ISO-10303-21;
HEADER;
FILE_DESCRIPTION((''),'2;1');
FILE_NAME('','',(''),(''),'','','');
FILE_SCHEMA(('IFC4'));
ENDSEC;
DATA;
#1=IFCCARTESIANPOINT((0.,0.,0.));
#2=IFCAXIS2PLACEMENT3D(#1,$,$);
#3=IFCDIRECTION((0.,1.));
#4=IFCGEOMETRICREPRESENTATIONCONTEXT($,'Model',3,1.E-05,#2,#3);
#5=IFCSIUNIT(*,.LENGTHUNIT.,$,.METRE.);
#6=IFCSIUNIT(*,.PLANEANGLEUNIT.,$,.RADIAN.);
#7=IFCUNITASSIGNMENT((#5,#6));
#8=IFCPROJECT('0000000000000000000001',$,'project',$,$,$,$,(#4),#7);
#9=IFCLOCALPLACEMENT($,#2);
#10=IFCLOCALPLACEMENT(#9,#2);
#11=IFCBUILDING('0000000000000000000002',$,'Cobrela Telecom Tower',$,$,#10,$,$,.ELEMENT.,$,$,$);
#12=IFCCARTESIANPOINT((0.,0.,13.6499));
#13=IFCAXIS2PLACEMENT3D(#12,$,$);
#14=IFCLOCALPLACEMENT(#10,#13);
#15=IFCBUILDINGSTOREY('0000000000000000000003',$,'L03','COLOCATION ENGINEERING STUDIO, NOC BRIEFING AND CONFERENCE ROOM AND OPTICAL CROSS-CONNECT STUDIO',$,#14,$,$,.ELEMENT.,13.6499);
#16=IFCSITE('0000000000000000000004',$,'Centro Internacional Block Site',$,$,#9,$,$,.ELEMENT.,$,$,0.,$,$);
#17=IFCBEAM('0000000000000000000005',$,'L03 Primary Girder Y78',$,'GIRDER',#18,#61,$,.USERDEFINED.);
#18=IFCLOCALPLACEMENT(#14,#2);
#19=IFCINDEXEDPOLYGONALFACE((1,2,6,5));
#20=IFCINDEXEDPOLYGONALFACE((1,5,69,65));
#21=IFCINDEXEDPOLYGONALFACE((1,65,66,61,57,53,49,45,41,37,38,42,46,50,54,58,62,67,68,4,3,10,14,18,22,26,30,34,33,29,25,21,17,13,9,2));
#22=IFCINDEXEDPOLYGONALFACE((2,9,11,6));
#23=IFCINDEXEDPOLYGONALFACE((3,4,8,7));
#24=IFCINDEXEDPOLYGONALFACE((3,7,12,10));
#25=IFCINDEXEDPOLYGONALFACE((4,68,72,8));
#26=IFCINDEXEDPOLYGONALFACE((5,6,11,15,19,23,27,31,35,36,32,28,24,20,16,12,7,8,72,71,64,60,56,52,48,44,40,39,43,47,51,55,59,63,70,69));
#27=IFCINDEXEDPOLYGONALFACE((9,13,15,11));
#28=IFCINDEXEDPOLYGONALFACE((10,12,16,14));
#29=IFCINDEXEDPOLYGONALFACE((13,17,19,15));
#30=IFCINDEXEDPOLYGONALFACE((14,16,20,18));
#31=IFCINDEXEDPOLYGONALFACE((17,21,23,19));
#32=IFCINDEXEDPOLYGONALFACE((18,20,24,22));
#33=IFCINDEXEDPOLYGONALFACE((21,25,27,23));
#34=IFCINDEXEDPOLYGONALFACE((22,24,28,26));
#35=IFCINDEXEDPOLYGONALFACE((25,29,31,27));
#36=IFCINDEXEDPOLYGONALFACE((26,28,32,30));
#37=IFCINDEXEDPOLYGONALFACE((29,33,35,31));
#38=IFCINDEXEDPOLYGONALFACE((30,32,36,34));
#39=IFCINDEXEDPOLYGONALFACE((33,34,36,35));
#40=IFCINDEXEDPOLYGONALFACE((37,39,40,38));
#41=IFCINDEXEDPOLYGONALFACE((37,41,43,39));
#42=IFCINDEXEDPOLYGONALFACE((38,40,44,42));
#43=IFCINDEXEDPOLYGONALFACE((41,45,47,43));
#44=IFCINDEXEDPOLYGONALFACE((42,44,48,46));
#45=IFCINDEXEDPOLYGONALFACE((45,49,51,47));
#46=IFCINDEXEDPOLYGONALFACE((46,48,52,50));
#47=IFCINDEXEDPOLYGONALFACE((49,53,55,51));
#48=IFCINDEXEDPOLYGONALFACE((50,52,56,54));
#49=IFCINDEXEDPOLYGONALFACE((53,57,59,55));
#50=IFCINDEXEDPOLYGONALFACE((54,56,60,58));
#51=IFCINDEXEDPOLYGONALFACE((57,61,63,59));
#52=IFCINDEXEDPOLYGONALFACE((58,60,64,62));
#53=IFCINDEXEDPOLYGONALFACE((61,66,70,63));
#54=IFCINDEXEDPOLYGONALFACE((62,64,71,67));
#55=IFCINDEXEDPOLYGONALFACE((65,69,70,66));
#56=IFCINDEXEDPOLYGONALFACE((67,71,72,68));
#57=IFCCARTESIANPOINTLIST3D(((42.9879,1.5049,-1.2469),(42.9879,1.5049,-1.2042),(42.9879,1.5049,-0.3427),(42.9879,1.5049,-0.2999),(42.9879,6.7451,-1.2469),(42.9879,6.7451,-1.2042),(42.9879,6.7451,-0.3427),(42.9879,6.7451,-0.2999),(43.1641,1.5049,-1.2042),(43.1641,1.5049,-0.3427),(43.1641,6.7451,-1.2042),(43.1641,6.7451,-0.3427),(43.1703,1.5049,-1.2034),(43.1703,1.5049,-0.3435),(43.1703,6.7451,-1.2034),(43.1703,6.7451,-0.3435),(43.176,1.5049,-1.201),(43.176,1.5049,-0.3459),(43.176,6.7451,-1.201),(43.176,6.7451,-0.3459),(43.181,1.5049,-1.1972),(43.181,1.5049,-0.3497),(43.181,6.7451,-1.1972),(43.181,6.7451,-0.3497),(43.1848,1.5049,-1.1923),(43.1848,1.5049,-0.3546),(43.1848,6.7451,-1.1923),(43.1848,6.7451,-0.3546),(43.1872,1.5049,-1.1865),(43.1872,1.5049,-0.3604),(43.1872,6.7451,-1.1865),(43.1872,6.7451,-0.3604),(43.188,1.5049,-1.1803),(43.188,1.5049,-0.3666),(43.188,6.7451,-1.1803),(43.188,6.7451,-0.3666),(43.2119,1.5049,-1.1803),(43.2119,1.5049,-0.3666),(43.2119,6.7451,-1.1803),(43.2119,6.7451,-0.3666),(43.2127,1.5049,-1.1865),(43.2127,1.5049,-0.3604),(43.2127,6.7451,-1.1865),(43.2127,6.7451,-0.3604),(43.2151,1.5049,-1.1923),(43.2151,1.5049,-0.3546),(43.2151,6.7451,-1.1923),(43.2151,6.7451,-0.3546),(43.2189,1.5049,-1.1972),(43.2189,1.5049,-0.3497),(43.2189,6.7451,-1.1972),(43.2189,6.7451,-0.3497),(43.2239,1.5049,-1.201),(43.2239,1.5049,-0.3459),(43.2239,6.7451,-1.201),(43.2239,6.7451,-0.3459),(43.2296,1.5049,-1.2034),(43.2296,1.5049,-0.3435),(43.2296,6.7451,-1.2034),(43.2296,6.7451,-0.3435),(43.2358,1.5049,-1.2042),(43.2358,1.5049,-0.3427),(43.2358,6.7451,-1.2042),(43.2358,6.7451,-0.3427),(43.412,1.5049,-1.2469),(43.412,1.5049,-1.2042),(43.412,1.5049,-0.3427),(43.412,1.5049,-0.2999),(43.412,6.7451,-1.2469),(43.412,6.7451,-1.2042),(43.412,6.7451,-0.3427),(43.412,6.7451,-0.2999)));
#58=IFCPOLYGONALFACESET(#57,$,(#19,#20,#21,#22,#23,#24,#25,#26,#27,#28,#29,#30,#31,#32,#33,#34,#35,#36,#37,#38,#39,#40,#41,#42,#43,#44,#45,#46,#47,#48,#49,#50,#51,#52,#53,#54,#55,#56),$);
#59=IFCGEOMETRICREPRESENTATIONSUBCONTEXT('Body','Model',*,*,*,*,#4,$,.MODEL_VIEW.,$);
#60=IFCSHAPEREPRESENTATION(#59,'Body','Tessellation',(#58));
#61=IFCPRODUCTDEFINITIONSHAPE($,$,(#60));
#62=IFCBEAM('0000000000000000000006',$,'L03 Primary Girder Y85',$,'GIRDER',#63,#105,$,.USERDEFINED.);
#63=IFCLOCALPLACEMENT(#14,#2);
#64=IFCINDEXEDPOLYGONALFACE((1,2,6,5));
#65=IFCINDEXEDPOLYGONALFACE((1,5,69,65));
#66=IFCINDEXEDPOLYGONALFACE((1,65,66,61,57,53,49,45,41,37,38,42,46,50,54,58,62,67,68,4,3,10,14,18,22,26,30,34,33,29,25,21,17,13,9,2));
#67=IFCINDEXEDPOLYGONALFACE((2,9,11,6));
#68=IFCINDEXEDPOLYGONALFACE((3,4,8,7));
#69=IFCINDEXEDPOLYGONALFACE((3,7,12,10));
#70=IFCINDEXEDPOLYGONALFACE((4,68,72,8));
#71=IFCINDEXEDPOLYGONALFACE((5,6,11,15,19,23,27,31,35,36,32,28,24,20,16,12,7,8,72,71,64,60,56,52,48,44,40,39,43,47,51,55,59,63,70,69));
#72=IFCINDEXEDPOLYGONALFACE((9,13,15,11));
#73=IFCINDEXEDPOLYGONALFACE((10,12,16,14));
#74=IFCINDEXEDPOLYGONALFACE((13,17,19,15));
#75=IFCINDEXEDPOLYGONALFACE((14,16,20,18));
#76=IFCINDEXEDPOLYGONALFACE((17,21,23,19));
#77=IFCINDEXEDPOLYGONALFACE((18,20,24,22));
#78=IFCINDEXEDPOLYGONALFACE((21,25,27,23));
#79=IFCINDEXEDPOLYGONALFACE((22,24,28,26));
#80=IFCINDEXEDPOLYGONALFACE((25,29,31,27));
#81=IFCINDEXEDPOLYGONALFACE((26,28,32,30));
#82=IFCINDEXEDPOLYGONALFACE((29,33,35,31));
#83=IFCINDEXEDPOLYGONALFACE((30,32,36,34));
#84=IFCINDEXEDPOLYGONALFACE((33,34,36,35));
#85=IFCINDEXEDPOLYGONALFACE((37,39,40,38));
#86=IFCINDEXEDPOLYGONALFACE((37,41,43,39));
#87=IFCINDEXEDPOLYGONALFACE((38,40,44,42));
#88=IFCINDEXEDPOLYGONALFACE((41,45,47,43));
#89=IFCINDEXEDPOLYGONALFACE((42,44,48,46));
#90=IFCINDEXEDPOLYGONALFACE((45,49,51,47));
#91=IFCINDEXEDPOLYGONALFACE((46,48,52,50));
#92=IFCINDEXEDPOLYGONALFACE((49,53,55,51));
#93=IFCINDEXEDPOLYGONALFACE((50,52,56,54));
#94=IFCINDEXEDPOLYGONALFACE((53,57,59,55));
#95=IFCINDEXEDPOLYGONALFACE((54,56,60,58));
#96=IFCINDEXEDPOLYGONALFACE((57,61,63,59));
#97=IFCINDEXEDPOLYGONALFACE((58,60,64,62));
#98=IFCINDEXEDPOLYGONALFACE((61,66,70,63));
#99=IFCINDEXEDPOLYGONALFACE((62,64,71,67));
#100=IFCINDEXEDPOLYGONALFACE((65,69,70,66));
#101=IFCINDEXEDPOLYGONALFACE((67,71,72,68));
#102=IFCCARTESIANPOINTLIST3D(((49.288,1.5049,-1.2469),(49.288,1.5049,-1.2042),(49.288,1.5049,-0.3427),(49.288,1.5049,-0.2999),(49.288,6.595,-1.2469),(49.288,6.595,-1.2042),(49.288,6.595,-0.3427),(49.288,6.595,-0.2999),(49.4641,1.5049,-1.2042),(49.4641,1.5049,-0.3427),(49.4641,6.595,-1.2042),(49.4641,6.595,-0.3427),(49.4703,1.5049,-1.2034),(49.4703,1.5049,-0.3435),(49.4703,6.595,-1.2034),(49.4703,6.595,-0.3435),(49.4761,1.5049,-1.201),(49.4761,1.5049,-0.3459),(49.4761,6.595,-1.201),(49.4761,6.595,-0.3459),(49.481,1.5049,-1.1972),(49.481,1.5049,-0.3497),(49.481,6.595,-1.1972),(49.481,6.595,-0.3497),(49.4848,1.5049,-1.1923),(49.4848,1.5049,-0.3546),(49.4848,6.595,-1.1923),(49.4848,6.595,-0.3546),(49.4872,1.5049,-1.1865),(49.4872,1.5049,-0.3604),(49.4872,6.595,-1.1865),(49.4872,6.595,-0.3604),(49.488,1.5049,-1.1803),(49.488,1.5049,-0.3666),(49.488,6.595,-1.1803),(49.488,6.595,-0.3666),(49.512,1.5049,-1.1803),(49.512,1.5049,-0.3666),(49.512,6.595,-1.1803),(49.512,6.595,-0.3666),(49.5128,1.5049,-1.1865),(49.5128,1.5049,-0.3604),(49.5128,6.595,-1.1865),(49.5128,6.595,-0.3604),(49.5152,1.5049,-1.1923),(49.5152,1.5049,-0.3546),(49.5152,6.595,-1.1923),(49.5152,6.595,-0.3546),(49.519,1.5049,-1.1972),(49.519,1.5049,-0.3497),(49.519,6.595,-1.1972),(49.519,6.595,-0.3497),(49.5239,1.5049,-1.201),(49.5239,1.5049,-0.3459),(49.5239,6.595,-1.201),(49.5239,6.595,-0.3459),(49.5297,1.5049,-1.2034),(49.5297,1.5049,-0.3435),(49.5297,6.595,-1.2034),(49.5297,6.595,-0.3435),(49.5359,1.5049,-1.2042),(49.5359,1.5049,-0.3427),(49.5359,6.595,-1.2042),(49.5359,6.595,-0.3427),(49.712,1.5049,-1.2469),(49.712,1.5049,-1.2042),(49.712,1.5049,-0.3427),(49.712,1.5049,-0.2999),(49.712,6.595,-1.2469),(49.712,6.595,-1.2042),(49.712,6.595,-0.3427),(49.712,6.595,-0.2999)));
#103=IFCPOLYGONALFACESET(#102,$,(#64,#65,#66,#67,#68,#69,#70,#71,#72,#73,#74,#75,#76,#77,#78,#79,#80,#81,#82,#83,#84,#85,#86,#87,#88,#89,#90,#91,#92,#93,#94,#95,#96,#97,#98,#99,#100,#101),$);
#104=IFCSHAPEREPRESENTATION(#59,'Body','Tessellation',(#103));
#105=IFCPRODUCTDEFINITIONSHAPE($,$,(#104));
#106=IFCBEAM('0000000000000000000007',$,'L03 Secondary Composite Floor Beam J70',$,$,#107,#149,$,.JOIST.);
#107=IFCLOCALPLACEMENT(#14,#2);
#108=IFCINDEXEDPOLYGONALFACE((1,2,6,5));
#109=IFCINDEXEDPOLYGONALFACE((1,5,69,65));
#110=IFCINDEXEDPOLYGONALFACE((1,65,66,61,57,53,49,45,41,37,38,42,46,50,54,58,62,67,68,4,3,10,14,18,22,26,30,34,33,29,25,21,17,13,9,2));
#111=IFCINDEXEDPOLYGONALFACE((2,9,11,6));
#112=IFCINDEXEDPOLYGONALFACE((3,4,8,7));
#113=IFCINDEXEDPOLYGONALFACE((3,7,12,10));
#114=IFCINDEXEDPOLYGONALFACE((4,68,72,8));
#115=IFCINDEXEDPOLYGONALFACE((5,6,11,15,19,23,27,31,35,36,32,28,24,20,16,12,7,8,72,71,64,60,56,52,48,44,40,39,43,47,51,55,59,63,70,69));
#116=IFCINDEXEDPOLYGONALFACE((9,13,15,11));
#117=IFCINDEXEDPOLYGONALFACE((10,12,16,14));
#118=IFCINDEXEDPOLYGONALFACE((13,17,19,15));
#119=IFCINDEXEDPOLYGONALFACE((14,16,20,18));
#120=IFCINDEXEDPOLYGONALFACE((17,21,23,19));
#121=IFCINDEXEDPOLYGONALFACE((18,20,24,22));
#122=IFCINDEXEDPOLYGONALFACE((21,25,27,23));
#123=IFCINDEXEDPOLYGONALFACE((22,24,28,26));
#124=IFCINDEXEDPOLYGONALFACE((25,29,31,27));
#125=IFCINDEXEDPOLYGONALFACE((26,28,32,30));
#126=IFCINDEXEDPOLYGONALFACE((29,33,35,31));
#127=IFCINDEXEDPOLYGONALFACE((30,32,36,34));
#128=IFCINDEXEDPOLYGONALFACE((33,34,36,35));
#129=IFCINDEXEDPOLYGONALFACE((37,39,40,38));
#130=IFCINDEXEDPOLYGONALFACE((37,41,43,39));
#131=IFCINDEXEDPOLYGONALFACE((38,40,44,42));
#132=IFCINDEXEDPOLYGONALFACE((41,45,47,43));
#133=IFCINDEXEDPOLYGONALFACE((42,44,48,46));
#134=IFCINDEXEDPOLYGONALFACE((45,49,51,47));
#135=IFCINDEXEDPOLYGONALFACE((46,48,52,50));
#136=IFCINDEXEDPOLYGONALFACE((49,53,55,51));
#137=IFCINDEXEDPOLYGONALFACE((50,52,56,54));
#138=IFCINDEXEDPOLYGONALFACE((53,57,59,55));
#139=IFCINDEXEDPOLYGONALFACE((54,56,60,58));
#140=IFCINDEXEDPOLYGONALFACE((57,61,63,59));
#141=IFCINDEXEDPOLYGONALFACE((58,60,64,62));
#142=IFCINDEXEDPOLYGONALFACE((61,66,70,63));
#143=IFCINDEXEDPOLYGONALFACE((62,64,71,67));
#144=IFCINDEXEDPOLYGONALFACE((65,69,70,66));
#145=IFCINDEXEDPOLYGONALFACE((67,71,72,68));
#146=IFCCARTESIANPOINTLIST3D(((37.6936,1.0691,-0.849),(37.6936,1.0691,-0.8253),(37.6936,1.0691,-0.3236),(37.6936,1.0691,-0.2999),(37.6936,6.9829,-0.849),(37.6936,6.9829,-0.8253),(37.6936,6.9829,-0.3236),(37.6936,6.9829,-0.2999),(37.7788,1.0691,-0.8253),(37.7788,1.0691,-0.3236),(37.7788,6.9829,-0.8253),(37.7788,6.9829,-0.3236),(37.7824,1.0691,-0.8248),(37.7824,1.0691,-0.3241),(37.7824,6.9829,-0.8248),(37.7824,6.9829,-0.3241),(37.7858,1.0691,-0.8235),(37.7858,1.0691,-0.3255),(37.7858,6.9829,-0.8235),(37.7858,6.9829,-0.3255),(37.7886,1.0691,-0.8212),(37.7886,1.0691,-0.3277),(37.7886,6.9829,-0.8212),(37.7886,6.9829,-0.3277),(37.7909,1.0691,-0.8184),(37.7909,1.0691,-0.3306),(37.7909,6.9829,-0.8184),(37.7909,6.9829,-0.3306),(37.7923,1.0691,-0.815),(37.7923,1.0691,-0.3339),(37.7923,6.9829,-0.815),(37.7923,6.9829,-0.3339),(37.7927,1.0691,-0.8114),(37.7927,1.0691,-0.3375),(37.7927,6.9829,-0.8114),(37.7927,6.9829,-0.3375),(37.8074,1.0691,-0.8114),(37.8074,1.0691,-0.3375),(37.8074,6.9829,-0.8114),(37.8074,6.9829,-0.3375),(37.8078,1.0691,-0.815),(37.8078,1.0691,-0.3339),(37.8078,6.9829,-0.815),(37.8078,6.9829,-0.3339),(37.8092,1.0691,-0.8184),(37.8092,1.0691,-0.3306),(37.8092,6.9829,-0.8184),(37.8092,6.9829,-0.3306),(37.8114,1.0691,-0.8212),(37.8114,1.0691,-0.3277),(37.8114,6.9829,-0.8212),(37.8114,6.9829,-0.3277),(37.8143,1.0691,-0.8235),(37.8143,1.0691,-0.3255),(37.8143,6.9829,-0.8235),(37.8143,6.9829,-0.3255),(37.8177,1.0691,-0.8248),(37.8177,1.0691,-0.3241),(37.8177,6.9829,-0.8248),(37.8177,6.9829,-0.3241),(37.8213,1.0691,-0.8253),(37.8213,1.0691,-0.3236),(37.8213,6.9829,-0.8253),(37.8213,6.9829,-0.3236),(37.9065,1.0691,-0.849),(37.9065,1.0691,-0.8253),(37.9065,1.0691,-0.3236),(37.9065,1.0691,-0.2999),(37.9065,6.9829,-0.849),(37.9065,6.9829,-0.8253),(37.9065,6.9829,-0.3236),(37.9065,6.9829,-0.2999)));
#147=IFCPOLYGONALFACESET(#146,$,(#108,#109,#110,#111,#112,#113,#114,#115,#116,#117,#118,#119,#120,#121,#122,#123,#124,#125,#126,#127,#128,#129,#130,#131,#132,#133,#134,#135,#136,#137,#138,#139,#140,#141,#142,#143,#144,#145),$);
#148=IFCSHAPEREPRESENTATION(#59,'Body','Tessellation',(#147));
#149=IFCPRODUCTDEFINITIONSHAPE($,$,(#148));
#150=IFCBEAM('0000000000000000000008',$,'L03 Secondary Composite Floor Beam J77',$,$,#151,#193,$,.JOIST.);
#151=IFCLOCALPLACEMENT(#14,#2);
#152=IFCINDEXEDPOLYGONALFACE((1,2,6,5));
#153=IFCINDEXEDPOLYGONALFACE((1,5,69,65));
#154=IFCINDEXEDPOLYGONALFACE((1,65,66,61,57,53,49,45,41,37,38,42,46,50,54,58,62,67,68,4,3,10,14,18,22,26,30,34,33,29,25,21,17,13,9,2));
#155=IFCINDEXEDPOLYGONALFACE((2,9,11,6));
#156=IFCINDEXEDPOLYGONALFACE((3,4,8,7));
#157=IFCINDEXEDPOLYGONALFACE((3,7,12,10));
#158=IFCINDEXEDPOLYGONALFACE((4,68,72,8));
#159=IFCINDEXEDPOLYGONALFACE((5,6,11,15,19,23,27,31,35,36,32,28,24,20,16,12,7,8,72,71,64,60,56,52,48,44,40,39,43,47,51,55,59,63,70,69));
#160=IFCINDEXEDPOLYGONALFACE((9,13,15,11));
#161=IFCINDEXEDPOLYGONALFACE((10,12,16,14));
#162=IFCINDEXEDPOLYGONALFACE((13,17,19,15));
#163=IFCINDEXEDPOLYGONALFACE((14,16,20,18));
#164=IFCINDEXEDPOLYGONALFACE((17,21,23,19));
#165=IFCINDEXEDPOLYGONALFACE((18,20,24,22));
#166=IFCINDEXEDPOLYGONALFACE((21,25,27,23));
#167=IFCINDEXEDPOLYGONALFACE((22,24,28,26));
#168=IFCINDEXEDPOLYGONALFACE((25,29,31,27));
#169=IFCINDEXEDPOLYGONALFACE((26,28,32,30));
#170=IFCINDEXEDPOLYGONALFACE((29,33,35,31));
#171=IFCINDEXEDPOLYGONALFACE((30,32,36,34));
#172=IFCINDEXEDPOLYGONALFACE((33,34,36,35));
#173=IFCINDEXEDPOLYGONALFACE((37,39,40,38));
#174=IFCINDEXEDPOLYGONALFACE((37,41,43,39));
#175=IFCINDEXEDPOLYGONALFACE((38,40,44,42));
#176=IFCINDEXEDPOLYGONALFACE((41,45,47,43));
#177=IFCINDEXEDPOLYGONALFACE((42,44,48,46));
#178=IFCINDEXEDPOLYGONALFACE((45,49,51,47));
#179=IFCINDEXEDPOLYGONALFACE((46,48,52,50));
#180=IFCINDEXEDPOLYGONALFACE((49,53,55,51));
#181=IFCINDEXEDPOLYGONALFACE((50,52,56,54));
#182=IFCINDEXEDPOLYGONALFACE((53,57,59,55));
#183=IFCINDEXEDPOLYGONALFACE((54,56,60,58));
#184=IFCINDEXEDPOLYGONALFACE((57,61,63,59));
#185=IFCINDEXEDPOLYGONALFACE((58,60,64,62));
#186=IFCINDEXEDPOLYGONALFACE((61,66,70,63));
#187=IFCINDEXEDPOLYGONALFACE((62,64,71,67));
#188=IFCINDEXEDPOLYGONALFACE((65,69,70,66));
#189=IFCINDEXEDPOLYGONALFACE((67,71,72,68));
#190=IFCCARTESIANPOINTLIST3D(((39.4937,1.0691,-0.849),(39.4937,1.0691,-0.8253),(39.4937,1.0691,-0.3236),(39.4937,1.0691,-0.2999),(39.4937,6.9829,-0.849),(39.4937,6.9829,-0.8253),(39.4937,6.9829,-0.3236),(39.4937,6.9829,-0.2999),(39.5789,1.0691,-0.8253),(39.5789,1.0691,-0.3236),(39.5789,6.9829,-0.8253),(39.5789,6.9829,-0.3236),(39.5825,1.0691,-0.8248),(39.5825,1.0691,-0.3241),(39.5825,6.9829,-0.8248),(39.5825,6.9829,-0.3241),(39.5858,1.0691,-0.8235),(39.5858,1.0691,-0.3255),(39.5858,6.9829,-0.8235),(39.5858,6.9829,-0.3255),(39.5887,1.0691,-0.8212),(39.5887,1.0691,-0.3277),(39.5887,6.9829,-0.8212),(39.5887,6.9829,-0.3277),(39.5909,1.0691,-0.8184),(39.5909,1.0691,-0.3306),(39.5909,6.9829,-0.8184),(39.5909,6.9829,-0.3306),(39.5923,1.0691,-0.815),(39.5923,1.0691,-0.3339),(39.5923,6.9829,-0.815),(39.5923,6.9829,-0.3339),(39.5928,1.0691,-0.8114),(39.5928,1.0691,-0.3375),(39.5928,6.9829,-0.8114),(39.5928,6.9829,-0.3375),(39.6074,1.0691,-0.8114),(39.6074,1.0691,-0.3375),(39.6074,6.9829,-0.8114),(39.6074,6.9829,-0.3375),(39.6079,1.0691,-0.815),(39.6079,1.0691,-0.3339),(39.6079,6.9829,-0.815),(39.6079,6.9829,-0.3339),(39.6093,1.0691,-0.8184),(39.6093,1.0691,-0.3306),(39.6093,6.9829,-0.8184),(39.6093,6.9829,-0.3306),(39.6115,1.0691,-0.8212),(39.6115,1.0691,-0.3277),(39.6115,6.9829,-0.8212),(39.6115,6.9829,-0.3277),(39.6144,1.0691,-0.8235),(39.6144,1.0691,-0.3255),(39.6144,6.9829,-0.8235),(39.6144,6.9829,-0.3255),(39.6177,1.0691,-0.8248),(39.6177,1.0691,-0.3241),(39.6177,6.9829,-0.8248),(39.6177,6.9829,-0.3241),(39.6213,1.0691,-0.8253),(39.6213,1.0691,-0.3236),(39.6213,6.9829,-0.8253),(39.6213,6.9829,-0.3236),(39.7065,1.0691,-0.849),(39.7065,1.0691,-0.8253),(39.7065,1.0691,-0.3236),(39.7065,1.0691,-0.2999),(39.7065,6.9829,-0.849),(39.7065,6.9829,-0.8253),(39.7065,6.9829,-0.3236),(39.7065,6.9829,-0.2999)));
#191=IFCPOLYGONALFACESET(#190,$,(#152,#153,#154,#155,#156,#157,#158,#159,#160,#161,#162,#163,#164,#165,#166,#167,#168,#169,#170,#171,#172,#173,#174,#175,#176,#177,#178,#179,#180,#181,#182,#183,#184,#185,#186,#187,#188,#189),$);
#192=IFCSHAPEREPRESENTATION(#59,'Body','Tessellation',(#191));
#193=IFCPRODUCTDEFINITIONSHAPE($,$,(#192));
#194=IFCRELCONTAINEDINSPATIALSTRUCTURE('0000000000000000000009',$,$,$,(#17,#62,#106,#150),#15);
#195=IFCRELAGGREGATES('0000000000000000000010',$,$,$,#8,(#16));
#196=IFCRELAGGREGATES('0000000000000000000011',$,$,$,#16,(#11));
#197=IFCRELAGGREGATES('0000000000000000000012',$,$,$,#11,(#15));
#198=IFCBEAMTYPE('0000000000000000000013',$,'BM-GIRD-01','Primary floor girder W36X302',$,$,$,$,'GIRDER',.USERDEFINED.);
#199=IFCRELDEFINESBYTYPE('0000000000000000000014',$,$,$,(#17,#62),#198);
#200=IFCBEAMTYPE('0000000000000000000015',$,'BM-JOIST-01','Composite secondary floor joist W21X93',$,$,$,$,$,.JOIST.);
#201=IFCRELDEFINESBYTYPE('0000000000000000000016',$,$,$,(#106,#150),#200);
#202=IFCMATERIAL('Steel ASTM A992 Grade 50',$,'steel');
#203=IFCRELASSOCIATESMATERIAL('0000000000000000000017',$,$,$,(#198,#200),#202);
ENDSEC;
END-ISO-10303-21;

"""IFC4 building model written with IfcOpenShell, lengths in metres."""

from ifc_helpers import new_model, si_unit, direction, frame, origin, origin_2d, place, context, subcontext, project, spatial, i_section, extrude, material, material_profile, profile_set, type_object, element, save


model = new_model("IFC4")

# Units and contexts
model_context = context("Model", 3, precision=1e-05, world=origin(), true_north=direction((0.0, 1.0)))
body_context = subcontext(model_context, "Body", "Model", "MODEL_VIEW")
ifc_project = project(units=[si_unit("LENGTHUNIT", "METRE"), si_unit("PLANEANGLEUNIT", "RADIAN")], contexts=[model_context])

# Site, building, storey
site_placement = place(None, origin())
site = spatial("IfcSite", under=ifc_project, at=site_placement, Name="Centro Internacional Block Site", CompositionType="ELEMENT", RefElevation=0.0)
building_placement = place(site_placement, origin())
building = spatial("IfcBuilding", under=site, at=building_placement, Name="Cobrela Telecom Tower", CompositionType="ELEMENT")
storey_placement = place(building_placement, frame((0.0, 0.0, 13.6499)))
storey = spatial("IfcBuildingStorey", under=building, at=storey_placement, Name="L03", Description="COLOCATION ENGINEERING STUDIO, NOC BRIEFING AND CONFERENCE ROOM AND OPTICAL CROSS-CONNECT STUDIO", CompositionType="ELEMENT", Elevation=13.6499)

# Beams
ifc_material_1 = material(Name="Steel ASTM A992 Grade 50", Category="steel")
ifc_material_profile_1 = material_profile(ifc_material_1, i_section(OverallWidth=0.4241, OverallDepth=0.947, WebThickness=0.0239, FlangeThickness=0.0427, FilletRadius=0.0239, at=origin_2d()), Name="W36X302")
ifc_profile_set_1 = profile_set([ifc_material_profile_1], Name="Steel ASTM A992 Grade 50")
beam_type_1 = type_object("IfcBeamType", Name="BM-GIRD-01", Description="Primary floor girder W36X302", ElementType="GIRDER", PredefinedType="USERDEFINED", material=ifc_profile_set_1)
for number, where, z_axis, x_axis, name in (
    (1, (43.2, 1.5049, -0.7734), (0.0, 1.0, 0.0), (-1.0, 0.0, 0.0), "L03 Primary Girder Y78"),
):
    element("IfcBeam", number, at=place(storey_placement, frame(where, z_axis=z_axis, x_axis=x_axis)), inside=storey, type_object=beam_type_1, Name=name, ObjectType="GIRDER", PredefinedType="USERDEFINED", context=body_context, shape_type="SweptSolid", body=[
        extrude(i_section(OverallWidth=0.4241, OverallDepth=0.947, WebThickness=0.0239, FlangeThickness=0.0427, FilletRadius=0.0239, at=origin_2d()), origin(), (0.0, 0.0, 1.0), 5.2402),
    ])
beam_1_placement = place(storey_placement, frame((49.5, 1.5049, -0.7734), z_axis=(0.0, 1.0, 0.0), x_axis=(-1.0, 0.0, 0.0)))
element("IfcBeam", 2, at=beam_1_placement, inside=storey, type_object=beam_type_1, Name="L03 Primary Girder Y85", ObjectType="GIRDER", PredefinedType="USERDEFINED", context=body_context, shape_type="SweptSolid", body=[
    extrude(i_section(OverallWidth=0.4241, OverallDepth=0.947, WebThickness=0.0239, FlangeThickness=0.0427, FilletRadius=0.0239, at=origin_2d()), origin(), (0.0, 0.0, 1.0), 5.0901),
])
ifc_material_profile_2 = material_profile(ifc_material_1, i_section(OverallWidth=0.2129, OverallDepth=0.5491, WebThickness=0.0146, FlangeThickness=0.0237, FilletRadius=0.0139, at=origin_2d()), Name="W21X93")
ifc_profile_set_2 = profile_set([ifc_material_profile_2], Name="Steel ASTM A992 Grade 50")
beam_type_2 = type_object("IfcBeamType", Name="BM-JOIST-01", Description="Composite secondary floor joist W21X93", PredefinedType="JOIST", material=ifc_profile_set_2)
for number, where, z_axis, x_axis, name in (
    (3, (37.8, 1.0691, -0.5745), (0.0, 1.0, 0.0), (-1.0, 0.0, 0.0), "L03 Secondary Composite Floor Beam J70"),
    (4, (39.6001, 1.0691, -0.5745), (0.0, 1.0, 0.0), (-1.0, 0.0, 0.0), "L03 Secondary Composite Floor Beam J77"),
):
    element("IfcBeam", number, at=place(storey_placement, frame(where, z_axis=z_axis, x_axis=x_axis)), inside=storey, type_object=beam_type_2, Name=name, PredefinedType="JOIST", context=body_context, shape_type="SweptSolid", body=[
        extrude(i_section(OverallWidth=0.2129, OverallDepth=0.5491, WebThickness=0.0146, FlangeThickness=0.0237, FilletRadius=0.0139, at=origin_2d()), origin(), (0.0, 0.0, 1.0), 5.9138),
    ])

save(model, "model.ifc")
